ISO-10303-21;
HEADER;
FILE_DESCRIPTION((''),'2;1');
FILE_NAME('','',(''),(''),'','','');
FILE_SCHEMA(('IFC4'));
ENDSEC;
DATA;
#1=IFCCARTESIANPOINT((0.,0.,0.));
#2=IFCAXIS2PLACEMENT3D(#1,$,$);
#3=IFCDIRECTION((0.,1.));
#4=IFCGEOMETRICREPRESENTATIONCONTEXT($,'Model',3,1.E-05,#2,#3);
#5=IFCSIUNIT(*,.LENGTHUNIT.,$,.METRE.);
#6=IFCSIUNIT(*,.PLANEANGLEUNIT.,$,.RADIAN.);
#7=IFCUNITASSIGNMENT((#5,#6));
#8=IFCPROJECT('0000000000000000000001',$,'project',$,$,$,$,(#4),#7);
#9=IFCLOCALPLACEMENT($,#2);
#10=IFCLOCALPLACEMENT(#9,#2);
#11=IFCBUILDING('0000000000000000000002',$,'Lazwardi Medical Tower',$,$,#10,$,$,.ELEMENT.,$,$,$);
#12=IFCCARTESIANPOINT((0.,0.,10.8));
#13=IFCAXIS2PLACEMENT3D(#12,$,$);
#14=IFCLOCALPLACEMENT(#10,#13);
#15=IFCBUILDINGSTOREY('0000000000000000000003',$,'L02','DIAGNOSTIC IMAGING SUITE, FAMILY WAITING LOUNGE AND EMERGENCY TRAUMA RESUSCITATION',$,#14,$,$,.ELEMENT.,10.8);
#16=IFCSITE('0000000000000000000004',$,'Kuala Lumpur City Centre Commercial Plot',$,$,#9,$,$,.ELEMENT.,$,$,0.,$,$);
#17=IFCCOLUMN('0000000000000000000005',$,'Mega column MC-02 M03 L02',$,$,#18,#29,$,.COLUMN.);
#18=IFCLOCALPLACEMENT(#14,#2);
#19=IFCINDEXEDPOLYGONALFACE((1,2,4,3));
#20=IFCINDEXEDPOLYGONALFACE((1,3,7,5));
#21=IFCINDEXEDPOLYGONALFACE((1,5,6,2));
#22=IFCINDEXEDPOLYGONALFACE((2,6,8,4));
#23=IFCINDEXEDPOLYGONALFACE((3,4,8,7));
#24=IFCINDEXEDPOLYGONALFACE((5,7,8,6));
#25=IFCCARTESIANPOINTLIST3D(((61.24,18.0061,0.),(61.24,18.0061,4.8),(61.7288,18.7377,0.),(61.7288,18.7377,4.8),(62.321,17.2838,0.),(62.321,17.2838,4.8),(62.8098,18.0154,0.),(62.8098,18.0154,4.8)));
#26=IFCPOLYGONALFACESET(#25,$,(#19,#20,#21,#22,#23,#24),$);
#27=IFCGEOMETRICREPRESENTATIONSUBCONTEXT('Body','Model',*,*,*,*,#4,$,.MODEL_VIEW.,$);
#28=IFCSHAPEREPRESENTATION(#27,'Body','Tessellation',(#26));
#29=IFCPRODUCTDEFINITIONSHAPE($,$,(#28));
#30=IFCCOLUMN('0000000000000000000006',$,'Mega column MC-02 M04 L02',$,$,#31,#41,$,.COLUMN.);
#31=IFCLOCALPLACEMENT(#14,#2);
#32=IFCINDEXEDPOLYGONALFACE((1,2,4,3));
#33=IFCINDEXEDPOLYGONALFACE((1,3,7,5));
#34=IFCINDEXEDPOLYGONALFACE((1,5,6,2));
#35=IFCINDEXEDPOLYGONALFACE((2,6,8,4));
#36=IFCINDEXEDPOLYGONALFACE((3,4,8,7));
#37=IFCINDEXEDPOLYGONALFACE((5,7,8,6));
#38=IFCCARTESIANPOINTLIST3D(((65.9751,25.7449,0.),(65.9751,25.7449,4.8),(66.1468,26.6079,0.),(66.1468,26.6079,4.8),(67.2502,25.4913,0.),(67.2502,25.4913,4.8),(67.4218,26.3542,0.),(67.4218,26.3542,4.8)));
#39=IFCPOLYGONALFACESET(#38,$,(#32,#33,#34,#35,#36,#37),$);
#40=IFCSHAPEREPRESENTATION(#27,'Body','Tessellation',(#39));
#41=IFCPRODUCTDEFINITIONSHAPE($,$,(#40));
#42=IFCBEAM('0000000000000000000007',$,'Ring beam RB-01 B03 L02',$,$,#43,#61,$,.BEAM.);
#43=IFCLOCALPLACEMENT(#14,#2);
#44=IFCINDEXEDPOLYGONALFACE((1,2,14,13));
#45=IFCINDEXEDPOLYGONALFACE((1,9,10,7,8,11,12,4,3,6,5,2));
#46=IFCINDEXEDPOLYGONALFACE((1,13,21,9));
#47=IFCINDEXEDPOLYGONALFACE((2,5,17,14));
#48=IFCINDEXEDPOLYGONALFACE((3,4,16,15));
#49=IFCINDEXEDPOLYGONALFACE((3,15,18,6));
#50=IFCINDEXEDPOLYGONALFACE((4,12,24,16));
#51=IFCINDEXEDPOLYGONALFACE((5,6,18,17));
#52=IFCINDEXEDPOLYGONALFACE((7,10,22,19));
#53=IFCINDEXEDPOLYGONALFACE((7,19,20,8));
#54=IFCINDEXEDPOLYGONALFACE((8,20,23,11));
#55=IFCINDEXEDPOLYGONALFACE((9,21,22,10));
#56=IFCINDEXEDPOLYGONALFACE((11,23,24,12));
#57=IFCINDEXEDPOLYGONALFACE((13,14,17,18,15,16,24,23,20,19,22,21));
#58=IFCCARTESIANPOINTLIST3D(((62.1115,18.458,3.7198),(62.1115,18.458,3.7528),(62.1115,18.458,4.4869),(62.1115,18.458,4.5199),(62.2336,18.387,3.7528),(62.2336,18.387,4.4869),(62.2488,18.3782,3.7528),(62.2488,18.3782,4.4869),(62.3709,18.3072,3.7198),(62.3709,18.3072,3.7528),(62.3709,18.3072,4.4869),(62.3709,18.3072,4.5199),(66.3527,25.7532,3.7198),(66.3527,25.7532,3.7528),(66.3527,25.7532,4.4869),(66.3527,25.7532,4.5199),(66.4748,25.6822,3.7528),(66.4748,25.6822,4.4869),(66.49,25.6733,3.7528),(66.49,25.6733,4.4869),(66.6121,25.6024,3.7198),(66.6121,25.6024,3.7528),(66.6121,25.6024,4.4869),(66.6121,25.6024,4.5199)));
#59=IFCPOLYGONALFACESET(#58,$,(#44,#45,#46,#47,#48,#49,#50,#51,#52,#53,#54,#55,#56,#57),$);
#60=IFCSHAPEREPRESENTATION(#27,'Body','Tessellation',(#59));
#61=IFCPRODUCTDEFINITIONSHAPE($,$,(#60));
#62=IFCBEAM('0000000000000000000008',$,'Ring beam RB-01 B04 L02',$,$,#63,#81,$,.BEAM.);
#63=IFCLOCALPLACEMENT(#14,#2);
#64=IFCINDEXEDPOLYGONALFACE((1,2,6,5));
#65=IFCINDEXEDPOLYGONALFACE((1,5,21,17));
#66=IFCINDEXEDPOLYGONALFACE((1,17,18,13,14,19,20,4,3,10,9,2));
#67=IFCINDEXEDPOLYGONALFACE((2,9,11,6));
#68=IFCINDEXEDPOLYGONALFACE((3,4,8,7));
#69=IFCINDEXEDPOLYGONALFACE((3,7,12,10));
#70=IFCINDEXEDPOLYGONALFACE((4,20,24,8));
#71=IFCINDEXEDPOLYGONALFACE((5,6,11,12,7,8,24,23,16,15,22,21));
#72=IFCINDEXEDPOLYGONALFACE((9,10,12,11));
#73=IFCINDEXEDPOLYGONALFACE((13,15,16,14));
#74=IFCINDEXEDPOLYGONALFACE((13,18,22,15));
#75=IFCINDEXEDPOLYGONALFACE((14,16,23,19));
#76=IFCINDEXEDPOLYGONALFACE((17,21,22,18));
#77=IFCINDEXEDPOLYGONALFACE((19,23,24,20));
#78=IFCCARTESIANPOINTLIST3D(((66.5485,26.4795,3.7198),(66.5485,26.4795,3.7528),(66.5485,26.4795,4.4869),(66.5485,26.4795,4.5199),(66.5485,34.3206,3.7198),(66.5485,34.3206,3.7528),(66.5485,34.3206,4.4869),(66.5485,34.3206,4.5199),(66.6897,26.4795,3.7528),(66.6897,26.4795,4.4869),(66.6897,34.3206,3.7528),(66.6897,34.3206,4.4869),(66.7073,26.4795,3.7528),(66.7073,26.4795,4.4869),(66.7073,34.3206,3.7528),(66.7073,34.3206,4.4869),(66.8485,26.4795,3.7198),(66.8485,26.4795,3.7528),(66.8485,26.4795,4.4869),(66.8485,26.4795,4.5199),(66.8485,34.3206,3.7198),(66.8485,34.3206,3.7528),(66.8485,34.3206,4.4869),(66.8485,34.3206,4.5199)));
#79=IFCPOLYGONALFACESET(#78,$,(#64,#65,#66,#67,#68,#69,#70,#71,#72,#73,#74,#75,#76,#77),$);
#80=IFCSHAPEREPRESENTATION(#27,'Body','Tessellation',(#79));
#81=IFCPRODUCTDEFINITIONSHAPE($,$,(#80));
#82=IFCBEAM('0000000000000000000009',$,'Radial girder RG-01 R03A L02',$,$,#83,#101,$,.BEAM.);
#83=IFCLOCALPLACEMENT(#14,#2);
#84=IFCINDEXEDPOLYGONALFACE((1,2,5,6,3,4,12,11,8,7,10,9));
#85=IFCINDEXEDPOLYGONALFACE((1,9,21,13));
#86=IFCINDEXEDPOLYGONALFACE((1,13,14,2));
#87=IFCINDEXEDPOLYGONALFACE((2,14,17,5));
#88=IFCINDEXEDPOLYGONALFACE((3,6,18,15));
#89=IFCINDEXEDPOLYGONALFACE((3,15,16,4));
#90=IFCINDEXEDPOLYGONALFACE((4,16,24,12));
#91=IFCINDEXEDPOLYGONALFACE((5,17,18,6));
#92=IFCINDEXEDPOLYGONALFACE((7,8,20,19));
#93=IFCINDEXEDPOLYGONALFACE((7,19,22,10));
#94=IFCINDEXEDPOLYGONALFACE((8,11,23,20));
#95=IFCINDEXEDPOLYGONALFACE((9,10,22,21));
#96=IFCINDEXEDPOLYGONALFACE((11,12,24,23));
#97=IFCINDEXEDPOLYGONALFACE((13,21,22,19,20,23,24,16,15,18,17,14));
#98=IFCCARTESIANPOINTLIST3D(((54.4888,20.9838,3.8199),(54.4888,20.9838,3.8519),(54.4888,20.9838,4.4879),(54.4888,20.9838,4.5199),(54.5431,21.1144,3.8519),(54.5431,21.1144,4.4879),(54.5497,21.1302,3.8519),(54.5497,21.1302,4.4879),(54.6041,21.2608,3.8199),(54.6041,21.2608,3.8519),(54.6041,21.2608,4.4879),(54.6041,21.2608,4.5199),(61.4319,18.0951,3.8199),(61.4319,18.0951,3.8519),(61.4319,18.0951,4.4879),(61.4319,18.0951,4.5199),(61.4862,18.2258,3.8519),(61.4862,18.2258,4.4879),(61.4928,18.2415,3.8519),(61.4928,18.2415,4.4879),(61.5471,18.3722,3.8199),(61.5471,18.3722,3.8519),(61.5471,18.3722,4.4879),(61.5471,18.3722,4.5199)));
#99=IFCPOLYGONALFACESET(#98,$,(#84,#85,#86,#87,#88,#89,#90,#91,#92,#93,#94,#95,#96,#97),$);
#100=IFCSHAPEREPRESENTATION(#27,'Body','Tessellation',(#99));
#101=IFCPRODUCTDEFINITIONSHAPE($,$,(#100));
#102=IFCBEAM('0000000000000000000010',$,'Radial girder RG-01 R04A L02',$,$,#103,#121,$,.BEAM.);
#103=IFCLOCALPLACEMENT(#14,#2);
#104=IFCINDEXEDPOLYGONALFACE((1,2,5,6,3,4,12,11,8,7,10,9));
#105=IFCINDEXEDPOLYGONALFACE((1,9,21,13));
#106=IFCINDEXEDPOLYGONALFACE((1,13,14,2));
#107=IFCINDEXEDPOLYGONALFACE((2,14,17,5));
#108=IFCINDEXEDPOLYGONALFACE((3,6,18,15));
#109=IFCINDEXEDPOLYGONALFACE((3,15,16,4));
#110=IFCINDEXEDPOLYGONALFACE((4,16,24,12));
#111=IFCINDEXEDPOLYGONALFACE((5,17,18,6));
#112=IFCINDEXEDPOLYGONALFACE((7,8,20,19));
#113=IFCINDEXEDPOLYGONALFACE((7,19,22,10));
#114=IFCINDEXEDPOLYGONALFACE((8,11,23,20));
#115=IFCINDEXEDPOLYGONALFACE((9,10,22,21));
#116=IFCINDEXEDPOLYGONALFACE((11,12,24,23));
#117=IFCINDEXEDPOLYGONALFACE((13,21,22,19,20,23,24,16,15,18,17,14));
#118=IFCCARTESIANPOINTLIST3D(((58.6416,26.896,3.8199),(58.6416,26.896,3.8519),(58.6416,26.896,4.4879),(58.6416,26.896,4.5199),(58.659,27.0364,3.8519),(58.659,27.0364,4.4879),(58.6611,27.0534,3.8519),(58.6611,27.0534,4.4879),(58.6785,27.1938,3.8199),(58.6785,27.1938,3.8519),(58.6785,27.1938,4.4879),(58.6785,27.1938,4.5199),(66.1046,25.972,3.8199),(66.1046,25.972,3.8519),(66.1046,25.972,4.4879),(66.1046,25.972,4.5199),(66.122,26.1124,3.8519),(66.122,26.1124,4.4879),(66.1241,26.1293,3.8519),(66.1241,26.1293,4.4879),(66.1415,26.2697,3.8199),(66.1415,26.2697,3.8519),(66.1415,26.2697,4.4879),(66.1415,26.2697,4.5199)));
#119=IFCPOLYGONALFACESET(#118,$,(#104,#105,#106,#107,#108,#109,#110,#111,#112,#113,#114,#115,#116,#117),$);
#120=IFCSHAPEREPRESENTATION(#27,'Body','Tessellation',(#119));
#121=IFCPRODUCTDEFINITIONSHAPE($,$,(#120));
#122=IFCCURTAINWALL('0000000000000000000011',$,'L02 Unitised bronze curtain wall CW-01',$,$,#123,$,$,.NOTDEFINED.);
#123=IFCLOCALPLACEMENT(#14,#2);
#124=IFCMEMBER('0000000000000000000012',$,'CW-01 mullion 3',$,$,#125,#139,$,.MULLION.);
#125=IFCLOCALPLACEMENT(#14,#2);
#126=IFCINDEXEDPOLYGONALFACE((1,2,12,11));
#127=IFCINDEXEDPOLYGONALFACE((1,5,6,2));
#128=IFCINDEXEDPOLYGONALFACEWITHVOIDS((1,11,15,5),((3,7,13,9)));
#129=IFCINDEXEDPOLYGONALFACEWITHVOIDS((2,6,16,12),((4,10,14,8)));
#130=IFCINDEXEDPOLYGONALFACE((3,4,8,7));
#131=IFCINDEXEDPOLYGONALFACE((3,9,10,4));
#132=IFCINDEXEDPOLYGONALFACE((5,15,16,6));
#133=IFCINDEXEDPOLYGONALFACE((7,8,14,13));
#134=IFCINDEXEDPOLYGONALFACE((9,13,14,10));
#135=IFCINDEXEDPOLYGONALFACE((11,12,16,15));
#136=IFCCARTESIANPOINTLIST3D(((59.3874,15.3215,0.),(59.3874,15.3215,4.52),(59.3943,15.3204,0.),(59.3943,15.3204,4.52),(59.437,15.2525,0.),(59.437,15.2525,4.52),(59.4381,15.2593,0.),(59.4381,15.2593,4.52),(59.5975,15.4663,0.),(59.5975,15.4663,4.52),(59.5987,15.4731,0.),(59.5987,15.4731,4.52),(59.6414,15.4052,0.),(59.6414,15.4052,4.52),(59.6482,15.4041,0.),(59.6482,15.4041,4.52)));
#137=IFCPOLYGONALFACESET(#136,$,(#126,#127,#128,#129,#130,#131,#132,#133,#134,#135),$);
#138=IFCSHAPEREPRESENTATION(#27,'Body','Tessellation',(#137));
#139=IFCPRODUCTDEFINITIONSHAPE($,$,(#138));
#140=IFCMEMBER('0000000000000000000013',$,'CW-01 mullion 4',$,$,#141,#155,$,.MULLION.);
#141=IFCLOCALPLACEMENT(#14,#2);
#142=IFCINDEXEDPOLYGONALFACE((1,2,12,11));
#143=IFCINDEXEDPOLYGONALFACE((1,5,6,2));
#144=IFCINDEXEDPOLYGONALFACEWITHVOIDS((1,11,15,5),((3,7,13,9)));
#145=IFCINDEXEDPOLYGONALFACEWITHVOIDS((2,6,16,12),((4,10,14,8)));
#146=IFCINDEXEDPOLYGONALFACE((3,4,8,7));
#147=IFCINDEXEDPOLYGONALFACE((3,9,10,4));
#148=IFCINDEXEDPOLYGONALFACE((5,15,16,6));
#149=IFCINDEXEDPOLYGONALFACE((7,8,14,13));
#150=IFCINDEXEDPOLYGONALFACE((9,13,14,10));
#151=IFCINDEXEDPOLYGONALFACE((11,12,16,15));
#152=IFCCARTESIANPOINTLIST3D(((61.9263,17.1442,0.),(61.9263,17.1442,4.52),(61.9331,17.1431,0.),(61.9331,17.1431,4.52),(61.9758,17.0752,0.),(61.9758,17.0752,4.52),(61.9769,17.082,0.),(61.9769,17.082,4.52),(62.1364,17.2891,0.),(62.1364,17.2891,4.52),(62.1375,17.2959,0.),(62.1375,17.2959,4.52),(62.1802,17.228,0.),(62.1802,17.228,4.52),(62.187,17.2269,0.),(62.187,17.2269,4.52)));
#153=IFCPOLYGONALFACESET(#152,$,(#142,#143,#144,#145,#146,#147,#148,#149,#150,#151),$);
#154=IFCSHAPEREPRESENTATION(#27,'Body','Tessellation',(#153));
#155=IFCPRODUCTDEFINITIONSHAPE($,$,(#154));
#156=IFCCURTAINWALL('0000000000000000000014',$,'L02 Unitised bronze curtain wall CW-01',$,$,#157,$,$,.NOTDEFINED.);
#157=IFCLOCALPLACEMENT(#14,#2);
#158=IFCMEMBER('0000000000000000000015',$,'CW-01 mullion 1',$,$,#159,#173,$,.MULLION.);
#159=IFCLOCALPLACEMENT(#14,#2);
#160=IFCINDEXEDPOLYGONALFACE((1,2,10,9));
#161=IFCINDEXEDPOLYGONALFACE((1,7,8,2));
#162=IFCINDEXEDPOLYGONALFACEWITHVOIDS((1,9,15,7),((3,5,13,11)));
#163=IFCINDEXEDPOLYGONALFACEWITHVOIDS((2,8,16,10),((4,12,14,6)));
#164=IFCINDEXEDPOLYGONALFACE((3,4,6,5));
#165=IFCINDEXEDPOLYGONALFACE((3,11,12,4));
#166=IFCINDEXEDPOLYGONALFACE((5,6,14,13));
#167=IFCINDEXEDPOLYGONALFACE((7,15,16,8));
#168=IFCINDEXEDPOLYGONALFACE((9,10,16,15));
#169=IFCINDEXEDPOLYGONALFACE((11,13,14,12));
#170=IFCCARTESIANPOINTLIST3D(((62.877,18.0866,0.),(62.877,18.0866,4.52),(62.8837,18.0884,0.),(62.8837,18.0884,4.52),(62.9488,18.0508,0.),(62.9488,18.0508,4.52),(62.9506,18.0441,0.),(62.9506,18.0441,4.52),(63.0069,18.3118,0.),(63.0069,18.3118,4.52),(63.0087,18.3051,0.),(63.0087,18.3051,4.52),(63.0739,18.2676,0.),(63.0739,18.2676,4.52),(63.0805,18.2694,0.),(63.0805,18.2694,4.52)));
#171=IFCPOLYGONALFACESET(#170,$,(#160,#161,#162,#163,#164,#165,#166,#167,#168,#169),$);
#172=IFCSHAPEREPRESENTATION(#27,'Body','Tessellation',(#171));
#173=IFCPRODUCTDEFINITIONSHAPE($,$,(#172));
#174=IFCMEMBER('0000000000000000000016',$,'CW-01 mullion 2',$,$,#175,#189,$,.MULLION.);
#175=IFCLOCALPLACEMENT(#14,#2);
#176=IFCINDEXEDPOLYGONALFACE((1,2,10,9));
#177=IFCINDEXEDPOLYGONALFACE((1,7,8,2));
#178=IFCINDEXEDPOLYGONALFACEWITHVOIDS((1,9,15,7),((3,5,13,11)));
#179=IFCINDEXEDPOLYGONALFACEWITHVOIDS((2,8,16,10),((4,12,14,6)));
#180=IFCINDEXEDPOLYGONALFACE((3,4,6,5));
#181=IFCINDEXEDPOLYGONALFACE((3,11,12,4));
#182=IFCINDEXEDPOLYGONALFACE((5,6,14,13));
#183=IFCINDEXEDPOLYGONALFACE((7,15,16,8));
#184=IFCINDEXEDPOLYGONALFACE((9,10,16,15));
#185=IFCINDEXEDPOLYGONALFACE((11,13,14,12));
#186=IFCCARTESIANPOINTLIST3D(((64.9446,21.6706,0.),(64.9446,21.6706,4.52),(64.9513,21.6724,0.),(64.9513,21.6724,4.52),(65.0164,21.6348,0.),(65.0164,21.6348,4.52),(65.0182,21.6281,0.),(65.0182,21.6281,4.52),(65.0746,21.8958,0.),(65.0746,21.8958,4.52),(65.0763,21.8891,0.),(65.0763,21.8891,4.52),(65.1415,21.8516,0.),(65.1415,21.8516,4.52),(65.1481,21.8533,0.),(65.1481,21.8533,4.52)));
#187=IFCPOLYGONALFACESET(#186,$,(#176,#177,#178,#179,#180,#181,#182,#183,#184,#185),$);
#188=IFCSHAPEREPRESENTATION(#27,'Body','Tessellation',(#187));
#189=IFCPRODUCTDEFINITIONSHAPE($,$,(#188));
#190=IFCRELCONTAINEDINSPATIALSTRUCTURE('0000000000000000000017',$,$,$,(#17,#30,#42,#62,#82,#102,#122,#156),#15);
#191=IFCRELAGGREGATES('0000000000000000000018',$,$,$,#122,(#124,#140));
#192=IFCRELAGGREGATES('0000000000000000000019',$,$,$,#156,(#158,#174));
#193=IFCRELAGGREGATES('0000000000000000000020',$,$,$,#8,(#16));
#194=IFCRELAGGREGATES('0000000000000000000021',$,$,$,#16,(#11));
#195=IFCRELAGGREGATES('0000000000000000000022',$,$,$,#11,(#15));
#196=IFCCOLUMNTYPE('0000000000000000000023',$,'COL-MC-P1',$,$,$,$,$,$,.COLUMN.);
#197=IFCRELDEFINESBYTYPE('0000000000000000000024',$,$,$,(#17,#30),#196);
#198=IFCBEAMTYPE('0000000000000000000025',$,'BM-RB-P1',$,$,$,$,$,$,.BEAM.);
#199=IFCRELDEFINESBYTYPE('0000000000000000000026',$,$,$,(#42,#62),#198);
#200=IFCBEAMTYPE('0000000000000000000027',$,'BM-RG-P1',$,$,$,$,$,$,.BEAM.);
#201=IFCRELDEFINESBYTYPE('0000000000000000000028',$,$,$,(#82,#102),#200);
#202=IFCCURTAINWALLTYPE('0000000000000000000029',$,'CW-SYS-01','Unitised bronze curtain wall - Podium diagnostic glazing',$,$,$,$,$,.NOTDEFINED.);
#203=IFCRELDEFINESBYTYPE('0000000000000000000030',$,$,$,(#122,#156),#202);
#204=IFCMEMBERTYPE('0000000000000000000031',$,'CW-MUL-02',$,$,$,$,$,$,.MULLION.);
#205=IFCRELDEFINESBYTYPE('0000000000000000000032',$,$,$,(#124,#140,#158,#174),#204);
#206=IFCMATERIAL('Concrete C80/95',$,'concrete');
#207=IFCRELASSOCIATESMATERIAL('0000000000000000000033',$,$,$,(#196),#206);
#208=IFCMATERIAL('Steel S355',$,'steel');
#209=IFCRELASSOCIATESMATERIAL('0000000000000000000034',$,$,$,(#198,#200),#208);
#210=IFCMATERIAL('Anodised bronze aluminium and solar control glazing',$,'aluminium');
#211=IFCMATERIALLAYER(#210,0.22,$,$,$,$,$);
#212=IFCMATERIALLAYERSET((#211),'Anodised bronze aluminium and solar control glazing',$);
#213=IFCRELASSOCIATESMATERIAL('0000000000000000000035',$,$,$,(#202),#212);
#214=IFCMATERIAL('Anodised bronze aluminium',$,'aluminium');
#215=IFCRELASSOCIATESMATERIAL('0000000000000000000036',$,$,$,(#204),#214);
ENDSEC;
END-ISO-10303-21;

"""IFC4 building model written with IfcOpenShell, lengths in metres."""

from ifc_helpers import new_model, si_unit, direction, frame, origin, origin_2d, place, context, subcontext, project, spatial, rectangle, hollow_rectangle, i_section, extrude, material, layer, layer_set, material_profile, profile_set, type_object, element, aggregate, save


model = new_model("IFC4")

# Units and contexts
model_context = context("Model", 3, precision=1e-05, world=origin(), true_north=direction((0.0, 1.0)))
body_context = subcontext(model_context, "Body", "Model", "MODEL_VIEW")
ifc_project = project(units=[si_unit("LENGTHUNIT", "METRE"), si_unit("PLANEANGLEUNIT", "RADIAN")], contexts=[model_context])

# Site, building, storey
site_placement = place(None, origin())
site = spatial("IfcSite", under=ifc_project, at=site_placement, Name="Kuala Lumpur City Centre Commercial Plot", CompositionType="ELEMENT", RefElevation=0.0)
building_placement = place(site_placement, origin())
building = spatial("IfcBuilding", under=site, at=building_placement, Name="Lazwardi Medical Tower", CompositionType="ELEMENT")
storey_placement = place(building_placement, frame((0.0, 0.0, 10.8)))
storey = spatial("IfcBuildingStorey", under=building, at=storey_placement, Name="L02", Description="DIAGNOSTIC IMAGING SUITE, FAMILY WAITING LOUNGE AND EMERGENCY TRAUMA RESUSCITATION", CompositionType="ELEMENT", Elevation=10.8)

# Columns
ifc_material_1 = material(Name="Concrete C80/95", Category="concrete")
ifc_material_profile_1 = material_profile(ifc_material_1, rectangle(XDim=1.3, YDim=0.8799, at=origin_2d()), Name="CFT-RECT 1300x880")
ifc_profile_set_1 = profile_set([ifc_material_profile_1], Name="Concrete C80/95")
column_type = type_object("IfcColumnType", Name="COL-MC-P1", PredefinedType="COLUMN", material=ifc_profile_set_1)
for number, where, z_axis, x_axis, name in (
    (1, (62.0249, 18.0107, 0.0), (0.0, 0.0, 1.0), (0.83147, -0.55557, 0.0), "Mega column MC-02 M03 L02"),
    (2, (66.6985, 26.0496, 0.0), (0.0, 0.0, 1.0), (0.980785, -0.19509, 0.0), "Mega column MC-02 M04 L02"),
):
    element("IfcColumn", number, at=place(storey_placement, frame(where, z_axis=z_axis, x_axis=x_axis)), inside=storey, type_object=column_type, Name=name, PredefinedType="COLUMN", context=body_context, shape_type="SweptSolid", body=[
        extrude(rectangle(XDim=1.3, YDim=0.8799, at=origin_2d()), origin(), (0.0, 0.0, 1.0), 4.8),
    ])

# Beams
ifc_material_2 = material(Name="Steel S355", Category="steel")
ifc_material_profile_2 = material_profile(ifc_material_2, i_section(OverallWidth=0.3, OverallDepth=0.8, WebThickness=0.0176, FlangeThickness=0.033, at=origin_2d()), Name="HEB 800")
ifc_profile_set_2 = profile_set([ifc_material_profile_2], Name="Steel S355")
beam_type_1 = type_object("IfcBeamType", Name="BM-RB-P1", PredefinedType="BEAM", material=ifc_profile_set_2)
beam_1_placement = place(storey_placement, frame((62.2412, 18.3826, 4.1199), z_axis=(0.502606, 0.864516, 0.0), x_axis=(-0.864516, 0.502606, 0.0)))
element("IfcBeam", 3, at=beam_1_placement, inside=storey, type_object=beam_type_1, Name="Ring beam RB-01 B03 L02", PredefinedType="BEAM", context=body_context, shape_type="SweptSolid", body=[
    extrude(i_section(OverallWidth=0.3, OverallDepth=0.8, WebThickness=0.0176, FlangeThickness=0.033, at=origin_2d()), origin(), (0.0, 0.0, 1.0), 8.4385),
])
beam_2_placement = place(storey_placement, frame((66.6985, 26.4795, 4.1199), z_axis=(0.0, 1.0, 0.0), x_axis=(-1.0, 0.0, 0.0)))
element("IfcBeam", 4, at=beam_2_placement, inside=storey, type_object=beam_type_1, Name="Ring beam RB-01 B04 L02", PredefinedType="BEAM", context=body_context, shape_type="SweptSolid", body=[
    extrude(i_section(OverallWidth=0.3, OverallDepth=0.8, WebThickness=0.0176, FlangeThickness=0.033, at=origin_2d()), origin(), (0.0, 0.0, 1.0), 7.8411),
])
ifc_material_profile_3 = material_profile(ifc_material_2, i_section(OverallWidth=0.3, OverallDepth=0.7, WebThickness=0.0171, FlangeThickness=0.032, at=origin_2d()), Name="HEB 700")
ifc_profile_set_3 = profile_set([ifc_material_profile_3], Name="Steel S355")
beam_type_2 = type_object("IfcBeamType", Name="BM-RG-P1", PredefinedType="BEAM", material=ifc_profile_set_3)
for number, where, z_axis, x_axis, name in (
    (5, (61.4895, 18.2336, 4.1699), (-0.923279, 0.384129, 0.0), (-0.384129, -0.923279, 0.0), "Radial girder RG-01 R03A L02"),
    (6, (66.123, 26.1208, 4.1699), (-0.992422, 0.12288, 0.0), (-0.12288, -0.992422, 0.0), "Radial girder RG-01 R04A L02"),
):
    element("IfcBeam", number, at=place(storey_placement, frame(where, z_axis=z_axis, x_axis=x_axis)), inside=storey, type_object=beam_type_2, Name=name, PredefinedType="BEAM", context=body_context, shape_type="SweptSolid", body=[
        extrude(i_section(OverallWidth=0.3, OverallDepth=0.7, WebThickness=0.0171, FlangeThickness=0.032, at=origin_2d()), origin(), (0.0, 0.0, 1.0), 7.52),
    ])

# Curtain walls, members
ifc_material_3 = material(Name="Anodised bronze aluminium and solar control glazing", Category="aluminium")
ifc_layer_1 = layer(ifc_material_3, 0.22)
ifc_layer_set_1 = layer_set([ifc_layer_1], Name="Anodised bronze aluminium and solar control glazing")
curtain_wall_type = type_object("IfcCurtainWallType", Name="CW-SYS-01", Description="Unitised bronze curtain wall - Podium diagnostic glazing", PredefinedType="NOTDEFINED", material=ifc_layer_set_1)
curtain_wall_1_placement = place(storey_placement, origin())
curtain_wall_1 = element("IfcCurtainWall", 7, at=curtain_wall_1_placement, inside=storey, type_object=curtain_wall_type, Name="L02 Unitised bronze curtain wall CW-01", PredefinedType="NOTDEFINED")
ifc_material_4 = material(Name="Anodised bronze aluminium", Category="aluminium")
ifc_material_profile_4 = material_profile(ifc_material_4, hollow_rectangle(XDim=0.085, YDim=0.26, WallThickness=0.0049, at=origin_2d()), Name="ALU-MULLION 260x85x5")
ifc_profile_set_4 = profile_set([ifc_material_profile_4], Name="Anodised bronze aluminium")
member_type_1 = type_object("IfcMemberType", Name="CW-MUL-02", PredefinedType="MULLION", material=ifc_profile_set_4)
member_1_placement = place(storey_placement, frame((59.5178, 15.3628, 0.0), z_axis=(0.0, 0.0, 1.0), x_axis=(-0.583214, 0.812318, 0.0)))
member_1 = element("IfcMember", 8, at=member_1_placement, type_object=member_type_1, Name="CW-01 mullion 3", PredefinedType="MULLION", context=body_context, shape_type="SweptSolid", body=[
    extrude(hollow_rectangle(XDim=0.085, YDim=0.26, WallThickness=0.0049, at=origin_2d()), origin(), (0.0, 0.0, 1.0), 4.52),
])
member_2_placement = place(storey_placement, frame((62.0566, 17.1855, 0.0), z_axis=(0.0, 0.0, 1.0), x_axis=(-0.583214, 0.812318, 0.0)))
member_2 = element("IfcMember", 9, at=member_2_placement, type_object=member_type_1, Name="CW-01 mullion 4", PredefinedType="MULLION", context=body_context, shape_type="SweptSolid", body=[
    extrude(hollow_rectangle(XDim=0.085, YDim=0.26, WallThickness=0.0049, at=origin_2d()), origin(), (0.0, 0.0, 1.0), 4.52),
])
curtain_wall_2_placement = place(storey_placement, origin())
curtain_wall_2 = element("IfcCurtainWall", 10, at=curtain_wall_2_placement, inside=storey, type_object=curtain_wall_type, Name="L02 Unitised bronze curtain wall CW-01", PredefinedType="NOTDEFINED")
member_3_placement = place(storey_placement, frame((62.9788, 18.178, 0.0), z_axis=(0.0, 0.0, 1.0), x_axis=(-0.866181, 0.499731, 0.0)))
member_3 = element("IfcMember", 11, at=member_3_placement, type_object=member_type_1, Name="CW-01 mullion 1", PredefinedType="MULLION", context=body_context, shape_type="SweptSolid", body=[
    extrude(hollow_rectangle(XDim=0.085, YDim=0.26, WallThickness=0.0049, at=origin_2d()), origin(), (0.0, 0.0, 1.0), 4.52),
])
member_4_placement = place(storey_placement, frame((65.0464, 21.762, 0.0), z_axis=(0.0, 0.0, 1.0), x_axis=(-0.866181, 0.499731, 0.0)))
member_4 = element("IfcMember", 12, at=member_4_placement, type_object=member_type_1, Name="CW-01 mullion 2", PredefinedType="MULLION", context=body_context, shape_type="SweptSolid", body=[
    extrude(hollow_rectangle(XDim=0.085, YDim=0.26, WallThickness=0.0049, at=origin_2d()), origin(), (0.0, 0.0, 1.0), 4.52),
])

aggregate(curtain_wall_1, [member_1, member_2])
aggregate(curtain_wall_2, [member_3, member_4])

save(model, "model.ifc")
